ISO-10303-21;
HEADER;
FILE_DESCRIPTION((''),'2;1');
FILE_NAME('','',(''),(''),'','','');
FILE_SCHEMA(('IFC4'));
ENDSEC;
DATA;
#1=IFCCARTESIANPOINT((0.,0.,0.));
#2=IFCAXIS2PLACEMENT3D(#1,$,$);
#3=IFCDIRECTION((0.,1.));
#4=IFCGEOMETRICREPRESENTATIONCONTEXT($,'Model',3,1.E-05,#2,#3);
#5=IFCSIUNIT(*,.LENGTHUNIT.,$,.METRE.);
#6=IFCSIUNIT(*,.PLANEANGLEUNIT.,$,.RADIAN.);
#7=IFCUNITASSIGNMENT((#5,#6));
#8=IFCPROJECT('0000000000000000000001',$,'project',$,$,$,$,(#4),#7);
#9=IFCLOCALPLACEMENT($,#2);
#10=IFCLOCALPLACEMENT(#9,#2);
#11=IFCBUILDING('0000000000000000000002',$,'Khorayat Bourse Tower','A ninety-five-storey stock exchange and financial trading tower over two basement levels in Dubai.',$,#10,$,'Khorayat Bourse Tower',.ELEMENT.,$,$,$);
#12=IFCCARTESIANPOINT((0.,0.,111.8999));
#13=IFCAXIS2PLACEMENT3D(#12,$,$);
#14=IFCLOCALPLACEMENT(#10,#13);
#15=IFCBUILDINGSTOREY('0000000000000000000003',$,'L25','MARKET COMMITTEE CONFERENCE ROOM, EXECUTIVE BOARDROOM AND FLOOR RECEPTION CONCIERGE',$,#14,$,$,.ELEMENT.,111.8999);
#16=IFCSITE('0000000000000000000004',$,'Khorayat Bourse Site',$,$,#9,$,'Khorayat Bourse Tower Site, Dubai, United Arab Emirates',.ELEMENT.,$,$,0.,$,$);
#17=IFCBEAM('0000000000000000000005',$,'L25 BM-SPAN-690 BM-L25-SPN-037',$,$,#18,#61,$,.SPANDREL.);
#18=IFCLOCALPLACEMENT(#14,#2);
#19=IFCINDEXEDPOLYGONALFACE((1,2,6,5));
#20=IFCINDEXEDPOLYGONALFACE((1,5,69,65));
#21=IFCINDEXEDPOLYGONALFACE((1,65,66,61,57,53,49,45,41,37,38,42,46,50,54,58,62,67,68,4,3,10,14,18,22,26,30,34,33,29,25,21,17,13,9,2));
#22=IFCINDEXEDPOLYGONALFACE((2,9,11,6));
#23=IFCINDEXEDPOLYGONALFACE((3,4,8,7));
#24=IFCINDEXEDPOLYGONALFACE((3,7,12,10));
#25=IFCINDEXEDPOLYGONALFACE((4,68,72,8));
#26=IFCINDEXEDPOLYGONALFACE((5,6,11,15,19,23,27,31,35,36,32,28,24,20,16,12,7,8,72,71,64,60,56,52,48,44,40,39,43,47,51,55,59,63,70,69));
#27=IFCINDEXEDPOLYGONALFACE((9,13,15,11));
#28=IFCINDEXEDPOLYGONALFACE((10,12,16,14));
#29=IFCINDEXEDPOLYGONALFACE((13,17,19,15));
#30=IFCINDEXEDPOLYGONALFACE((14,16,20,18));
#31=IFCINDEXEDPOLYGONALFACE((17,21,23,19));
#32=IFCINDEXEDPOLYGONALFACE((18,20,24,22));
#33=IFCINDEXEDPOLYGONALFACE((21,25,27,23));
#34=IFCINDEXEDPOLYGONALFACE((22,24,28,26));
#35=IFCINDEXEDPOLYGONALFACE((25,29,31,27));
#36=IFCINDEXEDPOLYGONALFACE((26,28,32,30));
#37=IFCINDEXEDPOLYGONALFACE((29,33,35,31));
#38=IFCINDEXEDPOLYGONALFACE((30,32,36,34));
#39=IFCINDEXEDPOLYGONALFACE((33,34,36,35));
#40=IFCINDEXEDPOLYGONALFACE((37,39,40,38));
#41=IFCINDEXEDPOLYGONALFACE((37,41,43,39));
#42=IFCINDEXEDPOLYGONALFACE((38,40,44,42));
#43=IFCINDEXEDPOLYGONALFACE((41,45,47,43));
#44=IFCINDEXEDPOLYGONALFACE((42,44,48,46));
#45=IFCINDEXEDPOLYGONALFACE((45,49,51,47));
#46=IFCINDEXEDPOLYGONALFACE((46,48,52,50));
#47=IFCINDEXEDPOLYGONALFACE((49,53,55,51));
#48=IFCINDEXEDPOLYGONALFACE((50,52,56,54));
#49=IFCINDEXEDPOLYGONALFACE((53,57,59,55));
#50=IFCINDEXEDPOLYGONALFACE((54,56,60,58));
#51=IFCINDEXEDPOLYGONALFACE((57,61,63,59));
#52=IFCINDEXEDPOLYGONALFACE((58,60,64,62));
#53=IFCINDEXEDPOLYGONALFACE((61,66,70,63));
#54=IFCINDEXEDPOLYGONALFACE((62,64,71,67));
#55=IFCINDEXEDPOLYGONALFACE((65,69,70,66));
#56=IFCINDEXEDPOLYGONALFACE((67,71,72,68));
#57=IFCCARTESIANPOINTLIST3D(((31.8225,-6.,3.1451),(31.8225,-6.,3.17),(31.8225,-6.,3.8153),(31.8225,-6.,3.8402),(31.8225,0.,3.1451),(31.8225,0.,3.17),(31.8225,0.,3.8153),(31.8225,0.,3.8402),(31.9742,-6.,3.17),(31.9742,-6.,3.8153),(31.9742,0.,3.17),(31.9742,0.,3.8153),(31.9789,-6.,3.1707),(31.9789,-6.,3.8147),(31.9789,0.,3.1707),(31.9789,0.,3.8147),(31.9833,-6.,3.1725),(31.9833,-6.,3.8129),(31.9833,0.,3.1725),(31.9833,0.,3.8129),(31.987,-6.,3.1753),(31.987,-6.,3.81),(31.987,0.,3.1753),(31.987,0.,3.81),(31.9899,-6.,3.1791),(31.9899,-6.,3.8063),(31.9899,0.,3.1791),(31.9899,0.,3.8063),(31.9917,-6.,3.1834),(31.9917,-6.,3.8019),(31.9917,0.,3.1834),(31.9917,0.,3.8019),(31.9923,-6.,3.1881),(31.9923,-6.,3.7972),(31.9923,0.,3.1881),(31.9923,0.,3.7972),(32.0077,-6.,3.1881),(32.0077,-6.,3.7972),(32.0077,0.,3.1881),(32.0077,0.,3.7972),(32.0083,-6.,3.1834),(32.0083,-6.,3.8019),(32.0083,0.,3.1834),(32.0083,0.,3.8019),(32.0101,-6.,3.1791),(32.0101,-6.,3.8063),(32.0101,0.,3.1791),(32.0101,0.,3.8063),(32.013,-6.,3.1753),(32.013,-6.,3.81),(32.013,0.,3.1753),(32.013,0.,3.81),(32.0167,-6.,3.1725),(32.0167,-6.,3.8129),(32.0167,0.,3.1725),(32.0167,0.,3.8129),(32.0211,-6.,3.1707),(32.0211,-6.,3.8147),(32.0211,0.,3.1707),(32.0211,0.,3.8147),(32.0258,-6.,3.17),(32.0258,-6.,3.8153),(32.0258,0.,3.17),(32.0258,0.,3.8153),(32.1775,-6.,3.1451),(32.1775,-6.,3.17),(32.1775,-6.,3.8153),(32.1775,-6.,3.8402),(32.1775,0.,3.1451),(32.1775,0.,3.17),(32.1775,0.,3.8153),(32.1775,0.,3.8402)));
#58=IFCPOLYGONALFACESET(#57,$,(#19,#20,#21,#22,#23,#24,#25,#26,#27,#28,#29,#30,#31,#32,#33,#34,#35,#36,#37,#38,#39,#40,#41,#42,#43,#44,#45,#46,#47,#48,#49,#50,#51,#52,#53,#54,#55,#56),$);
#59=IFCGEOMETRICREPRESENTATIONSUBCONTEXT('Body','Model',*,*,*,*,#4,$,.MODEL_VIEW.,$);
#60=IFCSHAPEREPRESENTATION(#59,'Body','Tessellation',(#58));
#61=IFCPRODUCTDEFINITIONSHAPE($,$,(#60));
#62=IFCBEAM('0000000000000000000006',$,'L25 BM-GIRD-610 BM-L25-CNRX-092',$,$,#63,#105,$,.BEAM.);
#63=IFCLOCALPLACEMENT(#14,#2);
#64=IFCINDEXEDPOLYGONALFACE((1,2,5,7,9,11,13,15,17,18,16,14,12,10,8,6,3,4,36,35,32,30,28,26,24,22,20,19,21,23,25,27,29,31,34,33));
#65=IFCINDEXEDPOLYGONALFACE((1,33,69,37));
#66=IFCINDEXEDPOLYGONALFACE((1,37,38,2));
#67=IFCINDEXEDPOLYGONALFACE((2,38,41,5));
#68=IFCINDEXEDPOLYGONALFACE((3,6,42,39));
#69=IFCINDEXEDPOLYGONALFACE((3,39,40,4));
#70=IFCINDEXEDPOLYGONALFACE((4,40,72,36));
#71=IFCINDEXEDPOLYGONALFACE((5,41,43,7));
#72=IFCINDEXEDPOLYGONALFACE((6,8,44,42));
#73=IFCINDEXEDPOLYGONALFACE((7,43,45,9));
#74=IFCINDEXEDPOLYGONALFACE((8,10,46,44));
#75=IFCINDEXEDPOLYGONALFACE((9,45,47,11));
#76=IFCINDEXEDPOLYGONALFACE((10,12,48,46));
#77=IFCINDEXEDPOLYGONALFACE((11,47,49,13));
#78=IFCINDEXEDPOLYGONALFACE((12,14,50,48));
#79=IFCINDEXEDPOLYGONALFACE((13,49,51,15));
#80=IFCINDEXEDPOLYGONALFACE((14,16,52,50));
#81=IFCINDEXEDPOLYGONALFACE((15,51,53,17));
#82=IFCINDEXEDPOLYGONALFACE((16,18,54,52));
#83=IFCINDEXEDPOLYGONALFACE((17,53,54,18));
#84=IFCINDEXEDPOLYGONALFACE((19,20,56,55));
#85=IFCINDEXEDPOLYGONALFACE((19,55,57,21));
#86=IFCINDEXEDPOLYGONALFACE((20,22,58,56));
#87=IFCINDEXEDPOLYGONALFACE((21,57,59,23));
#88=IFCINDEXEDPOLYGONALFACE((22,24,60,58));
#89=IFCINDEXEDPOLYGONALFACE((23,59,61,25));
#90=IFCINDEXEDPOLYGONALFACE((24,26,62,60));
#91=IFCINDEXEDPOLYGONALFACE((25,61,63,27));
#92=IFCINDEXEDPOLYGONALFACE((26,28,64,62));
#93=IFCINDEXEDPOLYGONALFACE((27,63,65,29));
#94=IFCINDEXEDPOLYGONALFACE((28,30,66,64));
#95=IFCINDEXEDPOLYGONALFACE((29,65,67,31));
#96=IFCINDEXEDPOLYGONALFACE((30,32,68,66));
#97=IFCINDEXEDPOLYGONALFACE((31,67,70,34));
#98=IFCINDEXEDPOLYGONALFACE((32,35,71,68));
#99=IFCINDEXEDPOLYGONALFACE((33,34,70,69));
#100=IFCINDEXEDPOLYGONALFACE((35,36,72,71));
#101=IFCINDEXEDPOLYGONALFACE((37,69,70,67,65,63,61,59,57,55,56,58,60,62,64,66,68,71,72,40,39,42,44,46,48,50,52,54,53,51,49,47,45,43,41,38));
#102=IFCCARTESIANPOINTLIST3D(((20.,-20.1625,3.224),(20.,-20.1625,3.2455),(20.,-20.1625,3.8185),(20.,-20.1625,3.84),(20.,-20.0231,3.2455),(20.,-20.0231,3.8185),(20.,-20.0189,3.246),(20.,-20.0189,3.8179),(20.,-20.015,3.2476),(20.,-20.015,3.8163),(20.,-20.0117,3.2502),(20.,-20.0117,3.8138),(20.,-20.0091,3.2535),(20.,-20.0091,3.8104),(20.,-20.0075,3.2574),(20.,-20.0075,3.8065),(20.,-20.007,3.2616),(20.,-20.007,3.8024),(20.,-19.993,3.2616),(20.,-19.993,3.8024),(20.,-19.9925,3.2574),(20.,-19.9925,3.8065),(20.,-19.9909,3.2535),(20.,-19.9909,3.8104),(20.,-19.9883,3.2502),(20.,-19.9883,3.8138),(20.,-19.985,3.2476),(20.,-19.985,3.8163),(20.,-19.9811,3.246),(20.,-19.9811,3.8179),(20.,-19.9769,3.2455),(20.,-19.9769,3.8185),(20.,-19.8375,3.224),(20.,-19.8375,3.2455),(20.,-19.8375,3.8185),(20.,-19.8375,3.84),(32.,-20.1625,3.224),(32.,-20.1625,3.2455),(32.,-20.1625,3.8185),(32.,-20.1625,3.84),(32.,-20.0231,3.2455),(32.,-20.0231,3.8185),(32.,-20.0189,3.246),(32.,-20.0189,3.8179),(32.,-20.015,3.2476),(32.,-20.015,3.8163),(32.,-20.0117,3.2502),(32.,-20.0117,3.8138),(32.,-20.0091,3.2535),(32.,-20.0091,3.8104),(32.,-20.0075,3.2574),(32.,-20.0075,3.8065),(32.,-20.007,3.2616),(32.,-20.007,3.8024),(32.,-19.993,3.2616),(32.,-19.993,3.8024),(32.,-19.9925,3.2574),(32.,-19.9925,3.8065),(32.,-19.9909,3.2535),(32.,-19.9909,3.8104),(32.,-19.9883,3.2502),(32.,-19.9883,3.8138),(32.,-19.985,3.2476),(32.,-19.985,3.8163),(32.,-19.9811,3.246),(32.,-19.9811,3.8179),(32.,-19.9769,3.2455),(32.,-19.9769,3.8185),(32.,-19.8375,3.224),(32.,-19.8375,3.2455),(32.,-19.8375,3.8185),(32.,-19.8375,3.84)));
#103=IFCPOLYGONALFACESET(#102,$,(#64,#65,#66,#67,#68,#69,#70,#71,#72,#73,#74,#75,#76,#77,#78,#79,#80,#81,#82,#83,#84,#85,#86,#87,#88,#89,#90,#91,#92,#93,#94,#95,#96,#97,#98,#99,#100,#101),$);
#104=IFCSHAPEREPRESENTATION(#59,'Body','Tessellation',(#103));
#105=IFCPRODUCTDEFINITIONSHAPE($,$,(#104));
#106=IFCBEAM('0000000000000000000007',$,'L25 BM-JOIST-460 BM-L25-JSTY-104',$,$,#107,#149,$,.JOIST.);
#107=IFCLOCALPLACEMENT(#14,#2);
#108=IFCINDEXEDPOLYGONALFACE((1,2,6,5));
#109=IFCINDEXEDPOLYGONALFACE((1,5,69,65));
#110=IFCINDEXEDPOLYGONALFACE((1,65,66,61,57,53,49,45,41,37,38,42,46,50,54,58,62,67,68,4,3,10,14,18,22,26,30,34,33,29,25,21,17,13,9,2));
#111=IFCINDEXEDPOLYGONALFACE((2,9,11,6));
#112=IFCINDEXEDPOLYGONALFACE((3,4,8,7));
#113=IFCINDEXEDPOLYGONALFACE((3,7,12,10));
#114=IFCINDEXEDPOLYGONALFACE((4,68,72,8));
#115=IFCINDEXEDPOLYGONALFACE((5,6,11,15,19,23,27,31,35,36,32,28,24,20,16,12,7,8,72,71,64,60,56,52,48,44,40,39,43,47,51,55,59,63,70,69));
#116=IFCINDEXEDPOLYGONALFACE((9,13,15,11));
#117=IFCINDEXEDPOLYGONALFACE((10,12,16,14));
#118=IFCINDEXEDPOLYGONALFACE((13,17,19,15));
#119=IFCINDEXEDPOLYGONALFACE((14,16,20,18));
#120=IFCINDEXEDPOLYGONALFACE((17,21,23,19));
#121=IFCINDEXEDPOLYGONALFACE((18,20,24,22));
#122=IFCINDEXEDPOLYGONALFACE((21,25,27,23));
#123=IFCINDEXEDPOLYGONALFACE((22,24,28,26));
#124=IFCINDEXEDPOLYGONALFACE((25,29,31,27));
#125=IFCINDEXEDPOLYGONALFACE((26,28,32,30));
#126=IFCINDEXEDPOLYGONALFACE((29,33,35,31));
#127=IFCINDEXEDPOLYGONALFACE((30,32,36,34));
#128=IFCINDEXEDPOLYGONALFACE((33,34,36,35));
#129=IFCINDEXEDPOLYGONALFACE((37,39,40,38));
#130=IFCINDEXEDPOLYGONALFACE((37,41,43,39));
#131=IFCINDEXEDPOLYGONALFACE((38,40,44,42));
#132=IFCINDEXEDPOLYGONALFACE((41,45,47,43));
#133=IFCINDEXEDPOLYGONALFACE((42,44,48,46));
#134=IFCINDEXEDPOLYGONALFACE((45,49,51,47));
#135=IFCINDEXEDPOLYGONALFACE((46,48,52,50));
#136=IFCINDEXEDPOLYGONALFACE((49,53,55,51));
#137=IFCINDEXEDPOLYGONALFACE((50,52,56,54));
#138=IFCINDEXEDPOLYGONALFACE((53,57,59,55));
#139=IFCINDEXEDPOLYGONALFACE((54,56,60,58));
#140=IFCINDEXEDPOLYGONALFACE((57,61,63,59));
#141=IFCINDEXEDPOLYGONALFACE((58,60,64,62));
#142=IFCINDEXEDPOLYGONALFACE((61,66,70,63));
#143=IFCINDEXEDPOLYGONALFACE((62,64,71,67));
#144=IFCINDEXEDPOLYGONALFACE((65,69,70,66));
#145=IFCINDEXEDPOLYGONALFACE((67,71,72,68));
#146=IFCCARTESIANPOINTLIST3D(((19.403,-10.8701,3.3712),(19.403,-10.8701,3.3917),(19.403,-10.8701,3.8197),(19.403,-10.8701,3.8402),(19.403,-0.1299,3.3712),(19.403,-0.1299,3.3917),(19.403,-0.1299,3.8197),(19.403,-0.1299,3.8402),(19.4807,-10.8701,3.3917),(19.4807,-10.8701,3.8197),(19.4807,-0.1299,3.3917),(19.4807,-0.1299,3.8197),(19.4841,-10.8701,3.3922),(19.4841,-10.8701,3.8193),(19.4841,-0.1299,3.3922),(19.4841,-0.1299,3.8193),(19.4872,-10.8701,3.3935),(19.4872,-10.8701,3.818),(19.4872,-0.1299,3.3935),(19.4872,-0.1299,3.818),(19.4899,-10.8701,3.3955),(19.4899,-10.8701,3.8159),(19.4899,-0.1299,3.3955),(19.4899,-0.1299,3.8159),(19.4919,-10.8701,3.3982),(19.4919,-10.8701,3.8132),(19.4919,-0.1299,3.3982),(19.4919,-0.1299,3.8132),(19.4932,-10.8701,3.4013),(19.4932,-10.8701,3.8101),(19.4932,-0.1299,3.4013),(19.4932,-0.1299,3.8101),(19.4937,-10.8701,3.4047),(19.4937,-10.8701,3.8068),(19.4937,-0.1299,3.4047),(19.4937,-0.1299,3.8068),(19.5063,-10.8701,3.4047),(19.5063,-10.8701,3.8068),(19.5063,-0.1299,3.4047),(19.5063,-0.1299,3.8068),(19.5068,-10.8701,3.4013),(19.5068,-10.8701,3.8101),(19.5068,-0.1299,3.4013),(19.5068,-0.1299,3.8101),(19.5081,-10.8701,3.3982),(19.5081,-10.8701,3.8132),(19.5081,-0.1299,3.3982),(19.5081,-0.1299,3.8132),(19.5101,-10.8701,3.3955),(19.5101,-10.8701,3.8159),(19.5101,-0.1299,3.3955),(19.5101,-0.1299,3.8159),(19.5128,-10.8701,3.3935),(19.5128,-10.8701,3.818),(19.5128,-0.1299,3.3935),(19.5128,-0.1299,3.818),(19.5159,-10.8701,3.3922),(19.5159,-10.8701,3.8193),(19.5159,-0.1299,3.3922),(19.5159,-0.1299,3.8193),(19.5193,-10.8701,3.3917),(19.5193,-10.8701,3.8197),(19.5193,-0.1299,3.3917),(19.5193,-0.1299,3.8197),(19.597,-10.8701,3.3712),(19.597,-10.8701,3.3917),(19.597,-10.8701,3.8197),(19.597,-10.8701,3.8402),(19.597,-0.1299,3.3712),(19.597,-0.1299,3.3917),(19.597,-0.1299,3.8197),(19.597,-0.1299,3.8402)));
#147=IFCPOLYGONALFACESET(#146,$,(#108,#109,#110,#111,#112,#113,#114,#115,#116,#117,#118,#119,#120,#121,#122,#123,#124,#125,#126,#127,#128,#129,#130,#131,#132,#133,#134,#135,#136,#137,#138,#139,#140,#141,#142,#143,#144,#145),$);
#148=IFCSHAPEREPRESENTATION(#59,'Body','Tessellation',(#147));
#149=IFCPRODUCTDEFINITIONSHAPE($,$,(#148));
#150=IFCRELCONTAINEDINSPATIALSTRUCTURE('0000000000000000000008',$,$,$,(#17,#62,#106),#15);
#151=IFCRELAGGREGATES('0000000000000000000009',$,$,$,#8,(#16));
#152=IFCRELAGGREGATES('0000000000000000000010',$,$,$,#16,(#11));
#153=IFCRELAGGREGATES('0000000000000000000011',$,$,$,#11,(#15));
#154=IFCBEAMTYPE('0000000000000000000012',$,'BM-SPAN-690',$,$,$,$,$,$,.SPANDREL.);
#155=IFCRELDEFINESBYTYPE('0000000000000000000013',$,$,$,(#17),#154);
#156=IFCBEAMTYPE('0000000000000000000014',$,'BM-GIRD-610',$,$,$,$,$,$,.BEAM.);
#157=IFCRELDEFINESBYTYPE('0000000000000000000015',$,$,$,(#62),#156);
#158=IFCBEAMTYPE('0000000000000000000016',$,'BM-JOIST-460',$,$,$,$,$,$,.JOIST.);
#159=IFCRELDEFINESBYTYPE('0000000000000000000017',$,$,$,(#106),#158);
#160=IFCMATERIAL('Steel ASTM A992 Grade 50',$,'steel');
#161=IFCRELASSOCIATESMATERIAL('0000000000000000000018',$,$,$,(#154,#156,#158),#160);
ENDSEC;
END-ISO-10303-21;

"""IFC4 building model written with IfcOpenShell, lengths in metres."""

from ifc_helpers import new_model, si_unit, direction, frame, origin, origin_2d, place, context, subcontext, project, spatial, i_section, extrude, source, transform, mapped, material, material_profile, profile_set, type_object, element, save


model = new_model("IFC4")

# Units and contexts
model_context = context("Model", 3, precision=1e-05, world=origin(), true_north=direction((0.0, 1.0)))
body_context = subcontext(model_context, "Body", "Model", "MODEL_VIEW")
ifc_project = project(units=[si_unit("LENGTHUNIT", "METRE"), si_unit("PLANEANGLEUNIT", "RADIAN")], contexts=[model_context])

# Site, building, storey
site_placement = place(None, origin())
site = spatial("IfcSite", under=ifc_project, at=site_placement, Name="Khorayat Bourse Site", LongName="Khorayat Bourse Tower Site, Dubai, United Arab Emirates", CompositionType="ELEMENT", RefElevation=0.0)
building_placement = place(site_placement, origin())
building = spatial("IfcBuilding", under=site, at=building_placement, Name="Khorayat Bourse Tower", Description="A ninety-five-storey stock exchange and financial trading tower over two basement levels in Dubai.", LongName="Khorayat Bourse Tower", CompositionType="ELEMENT")
storey_placement = place(building_placement, frame((0.0, 0.0, 111.8999)))
storey = spatial("IfcBuildingStorey", under=building, at=storey_placement, Name="L25", Description="MARKET COMMITTEE CONFERENCE ROOM, EXECUTIVE BOARDROOM AND FLOOR RECEPTION CONCIERGE", CompositionType="ELEMENT", Elevation=111.8999)

# Beams
ifc_material_1 = material(Name="Steel ASTM A992 Grade 50", Category="steel")
ifc_material_profile_1 = material_profile(ifc_material_1, i_section(OverallWidth=0.355, OverallDepth=0.6951, WebThickness=0.0154, FlangeThickness=0.0249, FilletRadius=0.0181, at=origin_2d()), Name="W690X217")
ifc_profile_set_1 = profile_set([ifc_material_profile_1], Name="Steel ASTM A992 Grade 50")
beam_type_1 = type_object("IfcBeamType", Name="BM-SPAN-690", PredefinedType="SPANDREL", material=ifc_profile_set_1)
shared_shape_1 = source(origin(), body_context, "Body", "SweptSolid", [
    extrude(i_section(OverallWidth=0.355, OverallDepth=0.6951, WebThickness=0.0154, FlangeThickness=0.0249, FilletRadius=0.0181, at=origin_2d()), origin(), (0.0, 0.0, 1.0), 6.0),
])
beam_1_placement = place(storey_placement, frame((32.0, -6.0, 3.4927), z_axis=(0.0, 1.0, 0.0), x_axis=(-1.0, 0.0, 0.0)))
element("IfcBeam", 1, at=beam_1_placement, inside=storey, type_object=beam_type_1, Name="L25 BM-SPAN-690 BM-L25-SPN-037", PredefinedType="SPANDREL", context=body_context, shape_type="MappedRepresentation", body=[
    mapped(shared_shape_1, transform((0.0, 0.0, 0.0), scale=1.0)),
])
ifc_material_profile_2 = material_profile(ifc_material_1, i_section(OverallWidth=0.325, OverallDepth=0.616, WebThickness=0.0139, FlangeThickness=0.0215, FilletRadius=0.0161, at=origin_2d()), Name="W610X174")
ifc_profile_set_2 = profile_set([ifc_material_profile_2], Name="Steel ASTM A992 Grade 50")
beam_type_2 = type_object("IfcBeamType", Name="BM-GIRD-610", PredefinedType="BEAM", material=ifc_profile_set_2)
shared_shape_2 = source(origin(), body_context, "Body", "SweptSolid", [
    extrude(i_section(OverallWidth=0.325, OverallDepth=0.616, WebThickness=0.0139, FlangeThickness=0.0215, FilletRadius=0.0161, at=origin_2d()), origin(), (0.0, 0.0, 1.0), 12.0),
])
beam_2_placement = place(storey_placement, frame((20.0, -20.0, 3.532), z_axis=(1.0, 0.0, 0.0), x_axis=(0.0, 1.0, 0.0)))
element("IfcBeam", 2, at=beam_2_placement, inside=storey, type_object=beam_type_2, Name="L25 BM-GIRD-610 BM-L25-CNRX-092", PredefinedType="BEAM", context=body_context, shape_type="MappedRepresentation", body=[
    mapped(shared_shape_2, transform((0.0, 0.0, 0.0), scale=1.0)),
])
ifc_material_profile_3 = material_profile(ifc_material_1, i_section(OverallWidth=0.1941, OverallDepth=0.469, WebThickness=0.0127, FlangeThickness=0.0205, FilletRadius=0.0129, at=origin_2d()), Name="W460X106")
ifc_profile_set_3 = profile_set([ifc_material_profile_3], Name="Steel ASTM A992 Grade 50")
beam_type_3 = type_object("IfcBeamType", Name="BM-JOIST-460", PredefinedType="JOIST", material=ifc_profile_set_3)
shared_shape_3 = source(origin(), body_context, "Body", "SweptSolid", [
    extrude(i_section(OverallWidth=0.1941, OverallDepth=0.469, WebThickness=0.0127, FlangeThickness=0.0205, FilletRadius=0.0129, at=origin_2d()), origin(), (0.0, 0.0, 1.0), 10.7402),
])
beam_3_placement = place(storey_placement, frame((19.5, -10.8701, 3.6057), z_axis=(0.0, 1.0, 0.0), x_axis=(-1.0, 0.0, 0.0)))
element("IfcBeam", 3, at=beam_3_placement, inside=storey, type_object=beam_type_3, Name="L25 BM-JOIST-460 BM-L25-JSTY-104", PredefinedType="JOIST", context=body_context, shape_type="MappedRepresentation", body=[
    mapped(shared_shape_3, transform((0.0, 0.0, 0.0), scale=1.0)),
])

save(model, "model.ifc")
